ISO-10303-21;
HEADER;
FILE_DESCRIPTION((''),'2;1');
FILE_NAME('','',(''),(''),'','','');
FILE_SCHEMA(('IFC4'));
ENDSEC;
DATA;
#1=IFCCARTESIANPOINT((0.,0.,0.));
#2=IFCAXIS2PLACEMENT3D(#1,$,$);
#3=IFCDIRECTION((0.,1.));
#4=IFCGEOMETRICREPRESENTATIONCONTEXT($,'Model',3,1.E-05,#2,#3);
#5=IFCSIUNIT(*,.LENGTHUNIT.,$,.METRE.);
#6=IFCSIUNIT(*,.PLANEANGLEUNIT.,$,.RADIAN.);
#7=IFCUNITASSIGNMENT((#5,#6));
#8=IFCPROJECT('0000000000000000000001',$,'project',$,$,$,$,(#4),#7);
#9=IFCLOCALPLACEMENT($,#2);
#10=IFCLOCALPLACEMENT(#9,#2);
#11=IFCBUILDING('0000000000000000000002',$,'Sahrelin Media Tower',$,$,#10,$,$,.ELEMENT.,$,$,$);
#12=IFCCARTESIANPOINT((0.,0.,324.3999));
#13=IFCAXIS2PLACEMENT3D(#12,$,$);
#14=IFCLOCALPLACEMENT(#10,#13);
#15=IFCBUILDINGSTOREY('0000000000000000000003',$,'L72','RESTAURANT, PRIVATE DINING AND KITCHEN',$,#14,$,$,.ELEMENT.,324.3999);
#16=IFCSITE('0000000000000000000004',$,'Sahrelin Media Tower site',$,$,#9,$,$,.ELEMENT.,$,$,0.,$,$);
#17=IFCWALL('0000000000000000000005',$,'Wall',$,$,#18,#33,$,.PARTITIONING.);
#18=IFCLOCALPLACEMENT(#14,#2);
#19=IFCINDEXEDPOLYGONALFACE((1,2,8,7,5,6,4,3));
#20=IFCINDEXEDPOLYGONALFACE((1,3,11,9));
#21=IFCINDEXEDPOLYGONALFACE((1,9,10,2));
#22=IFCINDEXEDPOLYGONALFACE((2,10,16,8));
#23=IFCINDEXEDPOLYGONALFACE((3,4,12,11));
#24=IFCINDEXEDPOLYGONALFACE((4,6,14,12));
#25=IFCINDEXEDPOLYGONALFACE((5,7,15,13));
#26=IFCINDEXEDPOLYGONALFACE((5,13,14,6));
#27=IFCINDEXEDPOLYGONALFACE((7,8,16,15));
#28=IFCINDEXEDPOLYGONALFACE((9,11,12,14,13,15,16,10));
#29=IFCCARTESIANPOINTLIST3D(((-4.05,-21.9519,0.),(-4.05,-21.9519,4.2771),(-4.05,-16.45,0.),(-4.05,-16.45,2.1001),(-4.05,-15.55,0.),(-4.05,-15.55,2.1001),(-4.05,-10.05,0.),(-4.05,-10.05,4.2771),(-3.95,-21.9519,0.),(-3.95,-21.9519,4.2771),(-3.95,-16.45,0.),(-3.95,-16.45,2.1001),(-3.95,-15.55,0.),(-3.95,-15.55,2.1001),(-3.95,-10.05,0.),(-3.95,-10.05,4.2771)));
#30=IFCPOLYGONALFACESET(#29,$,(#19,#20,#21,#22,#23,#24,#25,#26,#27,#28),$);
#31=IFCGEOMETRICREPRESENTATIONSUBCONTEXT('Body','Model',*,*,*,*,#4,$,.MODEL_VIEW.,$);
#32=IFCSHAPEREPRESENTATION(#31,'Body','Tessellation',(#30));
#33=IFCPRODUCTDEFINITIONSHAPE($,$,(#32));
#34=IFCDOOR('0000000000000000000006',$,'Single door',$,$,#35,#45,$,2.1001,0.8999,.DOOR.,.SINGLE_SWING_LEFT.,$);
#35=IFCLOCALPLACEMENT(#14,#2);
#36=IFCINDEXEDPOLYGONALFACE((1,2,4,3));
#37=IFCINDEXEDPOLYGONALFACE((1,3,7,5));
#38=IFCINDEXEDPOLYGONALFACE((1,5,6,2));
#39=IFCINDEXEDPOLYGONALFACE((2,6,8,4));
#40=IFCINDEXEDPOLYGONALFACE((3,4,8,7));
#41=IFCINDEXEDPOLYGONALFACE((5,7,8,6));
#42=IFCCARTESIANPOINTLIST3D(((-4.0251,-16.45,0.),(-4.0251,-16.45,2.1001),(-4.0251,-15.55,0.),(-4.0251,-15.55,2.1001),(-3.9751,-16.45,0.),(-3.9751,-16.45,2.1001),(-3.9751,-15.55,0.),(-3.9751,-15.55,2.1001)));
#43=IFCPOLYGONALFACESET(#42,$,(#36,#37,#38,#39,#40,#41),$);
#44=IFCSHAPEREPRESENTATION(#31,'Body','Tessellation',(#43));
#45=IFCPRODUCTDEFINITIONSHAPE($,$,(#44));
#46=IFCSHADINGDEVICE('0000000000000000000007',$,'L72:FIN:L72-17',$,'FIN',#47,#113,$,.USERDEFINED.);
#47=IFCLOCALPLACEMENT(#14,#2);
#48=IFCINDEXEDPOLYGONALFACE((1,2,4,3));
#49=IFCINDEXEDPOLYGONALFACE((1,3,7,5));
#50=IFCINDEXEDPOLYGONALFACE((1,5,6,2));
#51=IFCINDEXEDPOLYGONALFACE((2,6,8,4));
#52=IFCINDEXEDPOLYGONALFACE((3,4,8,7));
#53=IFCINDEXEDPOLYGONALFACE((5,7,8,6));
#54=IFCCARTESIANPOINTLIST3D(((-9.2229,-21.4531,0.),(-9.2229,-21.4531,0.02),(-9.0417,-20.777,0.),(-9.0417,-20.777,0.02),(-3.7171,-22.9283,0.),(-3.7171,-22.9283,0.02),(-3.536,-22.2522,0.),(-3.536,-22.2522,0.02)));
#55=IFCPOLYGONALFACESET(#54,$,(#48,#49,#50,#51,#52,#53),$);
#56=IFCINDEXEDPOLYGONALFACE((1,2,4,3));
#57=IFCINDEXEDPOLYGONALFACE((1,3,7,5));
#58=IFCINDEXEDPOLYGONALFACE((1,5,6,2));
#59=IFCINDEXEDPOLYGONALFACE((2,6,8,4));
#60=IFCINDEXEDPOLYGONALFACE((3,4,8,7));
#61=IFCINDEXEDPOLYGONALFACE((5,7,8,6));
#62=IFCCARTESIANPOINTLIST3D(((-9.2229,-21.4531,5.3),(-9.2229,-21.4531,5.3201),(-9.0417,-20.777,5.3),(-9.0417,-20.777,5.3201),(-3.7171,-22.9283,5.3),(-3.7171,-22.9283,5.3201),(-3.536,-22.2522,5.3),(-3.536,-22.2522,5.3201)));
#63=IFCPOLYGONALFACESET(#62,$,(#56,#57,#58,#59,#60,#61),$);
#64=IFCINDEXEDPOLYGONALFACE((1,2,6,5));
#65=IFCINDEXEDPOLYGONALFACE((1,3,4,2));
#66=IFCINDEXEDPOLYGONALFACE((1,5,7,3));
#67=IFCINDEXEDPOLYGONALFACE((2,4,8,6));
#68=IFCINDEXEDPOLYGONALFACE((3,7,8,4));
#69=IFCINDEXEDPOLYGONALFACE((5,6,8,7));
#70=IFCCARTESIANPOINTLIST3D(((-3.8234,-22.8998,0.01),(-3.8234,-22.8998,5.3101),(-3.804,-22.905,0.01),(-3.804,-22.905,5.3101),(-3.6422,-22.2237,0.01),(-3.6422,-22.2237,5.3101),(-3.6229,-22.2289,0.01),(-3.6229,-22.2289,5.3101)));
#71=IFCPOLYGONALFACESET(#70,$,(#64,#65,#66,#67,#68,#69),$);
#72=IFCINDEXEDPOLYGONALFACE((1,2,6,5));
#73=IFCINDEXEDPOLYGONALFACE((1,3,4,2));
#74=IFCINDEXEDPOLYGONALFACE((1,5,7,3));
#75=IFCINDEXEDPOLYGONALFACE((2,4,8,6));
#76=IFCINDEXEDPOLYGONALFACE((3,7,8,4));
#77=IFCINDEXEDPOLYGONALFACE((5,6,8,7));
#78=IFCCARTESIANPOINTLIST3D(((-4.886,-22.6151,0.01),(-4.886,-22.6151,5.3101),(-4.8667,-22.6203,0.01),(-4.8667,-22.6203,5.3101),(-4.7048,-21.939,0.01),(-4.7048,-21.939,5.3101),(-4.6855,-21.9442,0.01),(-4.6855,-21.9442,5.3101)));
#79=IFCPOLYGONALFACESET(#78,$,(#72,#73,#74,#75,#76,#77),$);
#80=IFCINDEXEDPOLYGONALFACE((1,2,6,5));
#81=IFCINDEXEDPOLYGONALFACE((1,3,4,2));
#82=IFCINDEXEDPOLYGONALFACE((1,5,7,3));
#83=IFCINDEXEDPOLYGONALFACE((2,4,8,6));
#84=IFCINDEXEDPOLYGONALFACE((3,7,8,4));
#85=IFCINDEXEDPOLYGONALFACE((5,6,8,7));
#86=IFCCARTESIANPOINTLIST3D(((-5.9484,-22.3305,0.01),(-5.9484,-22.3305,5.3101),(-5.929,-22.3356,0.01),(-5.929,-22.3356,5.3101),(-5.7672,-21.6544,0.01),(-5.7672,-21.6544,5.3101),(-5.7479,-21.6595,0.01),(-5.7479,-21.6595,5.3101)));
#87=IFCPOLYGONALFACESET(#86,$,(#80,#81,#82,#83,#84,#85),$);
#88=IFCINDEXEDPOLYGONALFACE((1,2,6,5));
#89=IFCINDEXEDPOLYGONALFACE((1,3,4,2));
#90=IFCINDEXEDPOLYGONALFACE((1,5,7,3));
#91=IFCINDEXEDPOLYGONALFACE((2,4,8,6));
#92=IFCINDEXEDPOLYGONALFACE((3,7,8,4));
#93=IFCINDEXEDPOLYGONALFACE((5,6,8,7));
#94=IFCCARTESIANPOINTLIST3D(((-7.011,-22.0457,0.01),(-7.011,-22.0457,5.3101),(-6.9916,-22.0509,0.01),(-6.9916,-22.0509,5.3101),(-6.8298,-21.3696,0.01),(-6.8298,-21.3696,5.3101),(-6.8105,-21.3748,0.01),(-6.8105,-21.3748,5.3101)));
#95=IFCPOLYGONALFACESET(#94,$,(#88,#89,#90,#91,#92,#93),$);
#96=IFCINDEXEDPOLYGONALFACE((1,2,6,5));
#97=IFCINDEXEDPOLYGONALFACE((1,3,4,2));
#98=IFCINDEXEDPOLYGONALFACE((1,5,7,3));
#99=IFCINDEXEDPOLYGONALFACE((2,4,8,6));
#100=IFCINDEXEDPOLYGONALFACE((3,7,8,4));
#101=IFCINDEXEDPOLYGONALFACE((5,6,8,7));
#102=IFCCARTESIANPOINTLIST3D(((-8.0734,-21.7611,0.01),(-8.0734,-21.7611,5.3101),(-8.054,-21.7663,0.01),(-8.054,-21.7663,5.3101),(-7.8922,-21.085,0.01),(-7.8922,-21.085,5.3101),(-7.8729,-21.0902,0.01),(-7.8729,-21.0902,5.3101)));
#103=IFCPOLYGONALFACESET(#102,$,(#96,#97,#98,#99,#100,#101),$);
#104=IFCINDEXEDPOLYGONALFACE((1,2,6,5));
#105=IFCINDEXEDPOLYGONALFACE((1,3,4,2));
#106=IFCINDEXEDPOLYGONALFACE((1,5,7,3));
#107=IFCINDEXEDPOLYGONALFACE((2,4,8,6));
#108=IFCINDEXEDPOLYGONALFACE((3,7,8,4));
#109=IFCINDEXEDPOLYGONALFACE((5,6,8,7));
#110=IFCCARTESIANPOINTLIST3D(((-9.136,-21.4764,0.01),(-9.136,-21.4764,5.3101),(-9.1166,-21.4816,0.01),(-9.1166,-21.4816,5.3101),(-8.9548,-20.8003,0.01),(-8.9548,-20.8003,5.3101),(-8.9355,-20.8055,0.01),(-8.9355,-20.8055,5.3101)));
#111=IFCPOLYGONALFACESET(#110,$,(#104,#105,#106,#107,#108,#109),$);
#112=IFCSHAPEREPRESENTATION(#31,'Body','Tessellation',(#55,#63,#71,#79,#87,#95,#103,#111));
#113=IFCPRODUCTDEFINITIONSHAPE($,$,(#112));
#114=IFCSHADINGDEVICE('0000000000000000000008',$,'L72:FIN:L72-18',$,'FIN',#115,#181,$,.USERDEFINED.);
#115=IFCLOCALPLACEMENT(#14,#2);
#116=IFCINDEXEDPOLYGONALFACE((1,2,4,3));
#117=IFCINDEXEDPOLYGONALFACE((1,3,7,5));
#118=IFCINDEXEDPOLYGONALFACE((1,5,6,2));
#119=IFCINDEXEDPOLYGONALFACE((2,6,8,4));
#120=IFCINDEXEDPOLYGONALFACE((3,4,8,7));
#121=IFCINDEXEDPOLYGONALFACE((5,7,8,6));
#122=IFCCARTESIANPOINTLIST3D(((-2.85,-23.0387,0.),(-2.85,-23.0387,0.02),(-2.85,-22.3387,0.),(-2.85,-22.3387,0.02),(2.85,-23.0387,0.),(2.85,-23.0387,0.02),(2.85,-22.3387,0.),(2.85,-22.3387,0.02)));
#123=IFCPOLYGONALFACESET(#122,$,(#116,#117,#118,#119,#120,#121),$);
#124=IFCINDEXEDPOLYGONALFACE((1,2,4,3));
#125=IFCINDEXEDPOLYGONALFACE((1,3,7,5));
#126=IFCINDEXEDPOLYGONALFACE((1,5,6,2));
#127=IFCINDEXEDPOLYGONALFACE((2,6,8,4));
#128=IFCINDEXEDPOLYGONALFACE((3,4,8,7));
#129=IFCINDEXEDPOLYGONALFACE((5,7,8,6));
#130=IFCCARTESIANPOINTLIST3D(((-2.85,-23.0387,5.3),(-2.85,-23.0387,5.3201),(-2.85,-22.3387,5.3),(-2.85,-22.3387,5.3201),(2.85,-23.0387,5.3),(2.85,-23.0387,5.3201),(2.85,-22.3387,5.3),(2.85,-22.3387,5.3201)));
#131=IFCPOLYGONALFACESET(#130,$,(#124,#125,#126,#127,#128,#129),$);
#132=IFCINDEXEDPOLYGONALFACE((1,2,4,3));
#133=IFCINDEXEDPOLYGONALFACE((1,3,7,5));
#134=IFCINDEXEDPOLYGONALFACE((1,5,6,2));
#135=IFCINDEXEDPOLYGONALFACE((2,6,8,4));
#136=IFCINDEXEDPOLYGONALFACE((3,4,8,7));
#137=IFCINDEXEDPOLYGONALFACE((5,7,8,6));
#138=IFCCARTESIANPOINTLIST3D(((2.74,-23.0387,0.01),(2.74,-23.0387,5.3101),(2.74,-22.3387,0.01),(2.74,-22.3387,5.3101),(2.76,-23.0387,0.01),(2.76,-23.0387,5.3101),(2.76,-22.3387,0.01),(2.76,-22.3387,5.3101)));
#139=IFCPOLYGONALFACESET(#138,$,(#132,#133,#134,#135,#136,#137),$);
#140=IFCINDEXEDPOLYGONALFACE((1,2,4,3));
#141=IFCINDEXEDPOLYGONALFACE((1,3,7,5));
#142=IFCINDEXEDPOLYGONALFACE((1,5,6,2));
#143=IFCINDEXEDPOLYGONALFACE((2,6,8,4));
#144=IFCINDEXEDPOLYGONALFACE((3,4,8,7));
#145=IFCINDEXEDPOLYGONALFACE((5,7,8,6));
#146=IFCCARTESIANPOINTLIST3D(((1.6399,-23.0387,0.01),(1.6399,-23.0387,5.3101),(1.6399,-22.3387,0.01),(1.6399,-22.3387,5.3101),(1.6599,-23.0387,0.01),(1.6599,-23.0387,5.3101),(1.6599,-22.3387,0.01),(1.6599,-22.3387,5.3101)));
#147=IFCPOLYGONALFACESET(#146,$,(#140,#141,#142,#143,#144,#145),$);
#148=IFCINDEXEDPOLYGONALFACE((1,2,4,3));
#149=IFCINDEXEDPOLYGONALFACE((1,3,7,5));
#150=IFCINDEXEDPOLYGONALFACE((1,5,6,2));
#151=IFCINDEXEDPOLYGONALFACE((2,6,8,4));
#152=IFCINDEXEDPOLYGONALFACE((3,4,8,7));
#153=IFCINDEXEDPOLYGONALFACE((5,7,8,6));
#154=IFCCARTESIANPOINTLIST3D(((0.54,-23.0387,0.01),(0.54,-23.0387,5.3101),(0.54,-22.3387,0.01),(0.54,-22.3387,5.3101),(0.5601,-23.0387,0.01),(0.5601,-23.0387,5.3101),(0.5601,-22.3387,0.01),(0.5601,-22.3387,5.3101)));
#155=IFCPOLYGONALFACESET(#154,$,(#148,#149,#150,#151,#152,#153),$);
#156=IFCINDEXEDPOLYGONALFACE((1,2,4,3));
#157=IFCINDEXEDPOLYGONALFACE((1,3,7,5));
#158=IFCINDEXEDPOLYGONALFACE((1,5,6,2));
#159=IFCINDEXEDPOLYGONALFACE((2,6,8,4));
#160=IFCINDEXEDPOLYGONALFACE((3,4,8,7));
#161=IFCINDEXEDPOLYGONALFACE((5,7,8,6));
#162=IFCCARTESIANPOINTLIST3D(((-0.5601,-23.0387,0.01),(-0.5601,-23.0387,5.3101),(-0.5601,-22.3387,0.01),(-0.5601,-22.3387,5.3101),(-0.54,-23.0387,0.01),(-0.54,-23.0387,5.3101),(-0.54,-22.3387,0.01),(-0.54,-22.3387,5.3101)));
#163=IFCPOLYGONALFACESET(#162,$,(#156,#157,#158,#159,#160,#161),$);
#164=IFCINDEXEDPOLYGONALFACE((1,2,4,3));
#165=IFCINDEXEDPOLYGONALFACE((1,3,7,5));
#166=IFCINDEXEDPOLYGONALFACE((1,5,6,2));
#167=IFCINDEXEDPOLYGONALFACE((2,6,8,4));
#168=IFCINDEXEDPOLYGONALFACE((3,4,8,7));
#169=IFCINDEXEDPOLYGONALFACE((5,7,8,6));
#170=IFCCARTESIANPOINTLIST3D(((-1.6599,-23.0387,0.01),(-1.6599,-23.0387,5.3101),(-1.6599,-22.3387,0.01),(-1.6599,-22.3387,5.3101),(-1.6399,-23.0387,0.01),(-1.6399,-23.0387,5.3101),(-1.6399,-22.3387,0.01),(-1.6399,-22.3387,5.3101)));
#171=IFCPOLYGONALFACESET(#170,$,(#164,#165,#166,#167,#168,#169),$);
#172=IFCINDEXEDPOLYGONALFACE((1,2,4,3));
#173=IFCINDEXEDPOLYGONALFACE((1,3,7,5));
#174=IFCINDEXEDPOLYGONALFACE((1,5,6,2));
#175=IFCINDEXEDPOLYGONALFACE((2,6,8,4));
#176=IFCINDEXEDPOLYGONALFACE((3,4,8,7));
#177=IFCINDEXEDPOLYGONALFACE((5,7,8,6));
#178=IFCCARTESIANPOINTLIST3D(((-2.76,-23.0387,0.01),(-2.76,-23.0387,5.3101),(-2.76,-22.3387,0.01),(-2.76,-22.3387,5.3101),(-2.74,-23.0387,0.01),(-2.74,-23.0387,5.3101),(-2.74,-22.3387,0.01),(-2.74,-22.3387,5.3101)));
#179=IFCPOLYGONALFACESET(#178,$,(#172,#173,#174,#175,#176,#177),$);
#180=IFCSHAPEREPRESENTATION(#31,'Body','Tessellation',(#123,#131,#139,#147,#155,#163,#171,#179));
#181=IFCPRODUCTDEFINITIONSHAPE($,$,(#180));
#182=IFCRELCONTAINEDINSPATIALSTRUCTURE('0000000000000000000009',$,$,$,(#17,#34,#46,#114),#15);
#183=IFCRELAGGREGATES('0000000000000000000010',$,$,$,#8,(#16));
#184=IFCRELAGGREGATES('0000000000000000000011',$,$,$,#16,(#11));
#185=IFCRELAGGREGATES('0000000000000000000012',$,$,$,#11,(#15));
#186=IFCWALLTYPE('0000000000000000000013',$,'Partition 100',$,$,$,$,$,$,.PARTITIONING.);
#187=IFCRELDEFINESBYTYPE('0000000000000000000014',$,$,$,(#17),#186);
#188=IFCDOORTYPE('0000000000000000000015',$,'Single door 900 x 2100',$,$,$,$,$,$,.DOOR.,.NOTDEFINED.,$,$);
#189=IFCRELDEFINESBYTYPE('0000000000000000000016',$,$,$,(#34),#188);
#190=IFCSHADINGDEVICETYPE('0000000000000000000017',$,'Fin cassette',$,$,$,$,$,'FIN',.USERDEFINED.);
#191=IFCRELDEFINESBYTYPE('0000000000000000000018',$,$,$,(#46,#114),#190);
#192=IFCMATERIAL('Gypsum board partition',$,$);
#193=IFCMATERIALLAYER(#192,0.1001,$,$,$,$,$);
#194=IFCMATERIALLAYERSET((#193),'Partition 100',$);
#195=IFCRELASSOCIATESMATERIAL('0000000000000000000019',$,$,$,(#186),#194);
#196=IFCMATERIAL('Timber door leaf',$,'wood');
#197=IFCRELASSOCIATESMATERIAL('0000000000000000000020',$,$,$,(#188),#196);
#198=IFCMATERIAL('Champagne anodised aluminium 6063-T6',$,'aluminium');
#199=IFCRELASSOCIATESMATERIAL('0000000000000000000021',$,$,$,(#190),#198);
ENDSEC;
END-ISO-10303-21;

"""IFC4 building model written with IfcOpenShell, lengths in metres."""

from ifc_helpers import new_model, si_unit, direction, frame, frame_2d, origin, origin_2d, place, context, subcontext, project, spatial, rectangle, extrude, material, layer, layer_set, type_object, element, fill, save


model = new_model("IFC4")

# Units and contexts
model_context = context("Model", 3, precision=1e-05, world=origin(), true_north=direction((0.0, 1.0)))
body_context = subcontext(model_context, "Body", "Model", "MODEL_VIEW")
ifc_project = project(units=[si_unit("LENGTHUNIT", "METRE"), si_unit("PLANEANGLEUNIT", "RADIAN")], contexts=[model_context])

# Site, building, storey
site_placement = place(None, origin())
site = spatial("IfcSite", under=ifc_project, at=site_placement, Name="Sahrelin Media Tower site", CompositionType="ELEMENT", RefElevation=0.0)
building_placement = place(site_placement, origin())
building = spatial("IfcBuilding", under=site, at=building_placement, Name="Sahrelin Media Tower", CompositionType="ELEMENT")
storey_placement = place(building_placement, frame((0.0, 0.0, 324.3999)))
storey = spatial("IfcBuildingStorey", under=building, at=storey_placement, Name="L72", Description="RESTAURANT, PRIVATE DINING AND KITCHEN", CompositionType="ELEMENT", Elevation=324.3999)

# Shared definitions
ifc_material_1 = material(Name="Champagne anodised aluminium 6063-T6", Category="aluminium")

# Wall, opening, door
ifc_material_2 = material(Name="Gypsum board partition")
ifc_layer_1 = layer(ifc_material_2, 0.1001)
ifc_layer_set_1 = layer_set([ifc_layer_1], Name="Partition 100")
wall_type = type_object("IfcWallType", Name="Partition 100", PredefinedType="PARTITIONING", material=ifc_layer_set_1)
wall_placement = place(storey_placement, frame((-4.0, -10.05, 0.0), z_axis=(0.0, 0.0, 1.0), x_axis=(0.0, -1.0, 0.0)))
wall = element("IfcWall", 1, at=wall_placement, inside=storey, type_object=wall_type, Name="Wall", PredefinedType="PARTITIONING", context=body_context, shape_type="SweptSolid", body=[
    extrude(rectangle(XDim=11.9019, YDim=0.1001, at=frame_2d((5.9509, 0.0))), origin(), (0.0, 0.0, 1.0), 4.2771),
])
opening_placement = place(wall_placement, frame((5.5, 0.0, 0.0)))
opening = element("IfcOpeningElement", 2, at=opening_placement, cuts=wall, PredefinedType="OPENING", context=body_context, shape_type="SweptSolid", body=[
    extrude(rectangle(XDim=0.8999, YDim=2.1001, at=frame_2d((0.45, 1.05))), frame((0.0, 0.05, 0.0), z_axis=(0.0, -1.0, 0.0), x_axis=(1.0, 0.0, 0.0)), (0.0, 0.0, 1.0), 0.1001),
])
ifc_material_3 = material(Name="Timber door leaf", Category="wood")
door_type = type_object("IfcDoorType", Name="Single door 900 x 2100", OperationType="NOTDEFINED", PredefinedType="DOOR", material=ifc_material_3)
door_placement = place(opening_placement, origin())
door = element("IfcDoor", 3, at=door_placement, inside=storey, type_object=door_type, Name="Single door", OperationType="SINGLE_SWING_LEFT", OverallHeight=2.1001, OverallWidth=0.8999, PredefinedType="DOOR", context=body_context, shape_type="SweptSolid", body=[
    extrude(rectangle(XDim=0.8999, YDim=2.1001, at=frame_2d((0.45, 1.05))), frame((0.0, 0.0249, 0.0), z_axis=(0.0, -1.0, 0.0), x_axis=(1.0, 0.0, 0.0)), (0.0, 0.0, 1.0), 0.05),
])
fill(opening, door)

# Shading devices
shading_device_type_1 = type_object("IfcShadingDeviceType", Name="Fin cassette", ElementType="FIN", PredefinedType="USERDEFINED", material=ifc_material_1)
placement_1 = place(storey_placement, frame((-6.2708, -21.447, 0.0), z_axis=(0.0, 0.0, 1.0), x_axis=(-0.965929, 0.258808, 0.0)))
element("IfcShadingDevice", 4, at=placement_1, inside=storey, type_object=shading_device_type_1, Name="L72:FIN:L72-17", ObjectType="FIN", PredefinedType="USERDEFINED", context=body_context, shape_type="SweptSolid", body=[
    extrude(rectangle(XDim=5.7, YDim=0.7, at=origin_2d()), frame((0.0, 0.4199, 0.0)), (0.0, 0.0, 1.0), 0.02),
    extrude(rectangle(XDim=5.7, YDim=0.7, at=origin_2d()), frame((0.0, 0.4199, 5.3)), (0.0, 0.0, 1.0), 0.02),
    extrude(rectangle(XDim=0.02, YDim=0.7, at=origin_2d()), frame((-2.75, 0.4199, 0.01), z_axis=(0.0, 0.0, 1.0), x_axis=(1.0, 0.0, 0.0)), (0.0, 0.0, 1.0), 5.3),
    extrude(rectangle(XDim=0.02, YDim=0.7, at=origin_2d()), frame((-1.6499, 0.4199, 0.01), z_axis=(0.0, 0.0, 1.0), x_axis=(1.0, 0.0, 0.0)), (0.0, 0.0, 1.0), 5.3),
    extrude(rectangle(XDim=0.02, YDim=0.7, at=origin_2d()), frame((-0.55, 0.4199, 0.01), z_axis=(0.0, 0.0, 1.0), x_axis=(1.0, 0.0, 0.0)), (0.0, 0.0, 1.0), 5.3),
    extrude(rectangle(XDim=0.02, YDim=0.7, at=origin_2d()), frame((0.55, 0.4199, 0.01), z_axis=(0.0, 0.0, 1.0), x_axis=(1.0, 0.0, 0.0)), (0.0, 0.0, 1.0), 5.3),
    extrude(rectangle(XDim=0.02, YDim=0.7, at=origin_2d()), frame((1.6499, 0.4199, 0.01), z_axis=(0.0, 0.0, 1.0), x_axis=(1.0, 0.0, 0.0)), (0.0, 0.0, 1.0), 5.3),
    extrude(rectangle(XDim=0.02, YDim=0.7, at=origin_2d()), frame((2.75, 0.4199, 0.01), z_axis=(0.0, 0.0, 1.0), x_axis=(1.0, 0.0, 0.0)), (0.0, 0.0, 1.0), 5.3),
])
placement_2 = place(storey_placement, frame((0.0, -22.2688, 0.0), z_axis=(0.0, 0.0, 1.0), x_axis=(-1.0, 0.0, 0.0)))
element("IfcShadingDevice", 5, at=placement_2, inside=storey, type_object=shading_device_type_1, Name="L72:FIN:L72-18", ObjectType="FIN", PredefinedType="USERDEFINED", context=body_context, shape_type="SweptSolid", body=[
    extrude(rectangle(XDim=5.7, YDim=0.7, at=origin_2d()), frame((0.0, 0.4199, 0.0)), (0.0, 0.0, 1.0), 0.02),
    extrude(rectangle(XDim=5.7, YDim=0.7, at=origin_2d()), frame((0.0, 0.4199, 5.3)), (0.0, 0.0, 1.0), 0.02),
    extrude(rectangle(XDim=0.02, YDim=0.7, at=origin_2d()), frame((-2.75, 0.4199, 0.01), z_axis=(0.0, 0.0, 1.0), x_axis=(1.0, 0.0, 0.0)), (0.0, 0.0, 1.0), 5.3),
    extrude(rectangle(XDim=0.02, YDim=0.7, at=origin_2d()), frame((-1.6499, 0.4199, 0.01), z_axis=(0.0, 0.0, 1.0), x_axis=(1.0, 0.0, 0.0)), (0.0, 0.0, 1.0), 5.3),
    extrude(rectangle(XDim=0.02, YDim=0.7, at=origin_2d()), frame((-0.55, 0.4199, 0.01), z_axis=(0.0, 0.0, 1.0), x_axis=(1.0, 0.0, 0.0)), (0.0, 0.0, 1.0), 5.3),
    extrude(rectangle(XDim=0.02, YDim=0.7, at=origin_2d()), frame((0.55, 0.4199, 0.01), z_axis=(0.0, 0.0, 1.0), x_axis=(1.0, 0.0, 0.0)), (0.0, 0.0, 1.0), 5.3),
    extrude(rectangle(XDim=0.02, YDim=0.7, at=origin_2d()), frame((1.6499, 0.4199, 0.01), z_axis=(0.0, 0.0, 1.0), x_axis=(1.0, 0.0, 0.0)), (0.0, 0.0, 1.0), 5.3),
    extrude(rectangle(XDim=0.02, YDim=0.7, at=origin_2d()), frame((2.75, 0.4199, 0.01), z_axis=(0.0, 0.0, 1.0), x_axis=(1.0, 0.0, 0.0)), (0.0, 0.0, 1.0), 5.3),
])

save(model, "model.ifc")
